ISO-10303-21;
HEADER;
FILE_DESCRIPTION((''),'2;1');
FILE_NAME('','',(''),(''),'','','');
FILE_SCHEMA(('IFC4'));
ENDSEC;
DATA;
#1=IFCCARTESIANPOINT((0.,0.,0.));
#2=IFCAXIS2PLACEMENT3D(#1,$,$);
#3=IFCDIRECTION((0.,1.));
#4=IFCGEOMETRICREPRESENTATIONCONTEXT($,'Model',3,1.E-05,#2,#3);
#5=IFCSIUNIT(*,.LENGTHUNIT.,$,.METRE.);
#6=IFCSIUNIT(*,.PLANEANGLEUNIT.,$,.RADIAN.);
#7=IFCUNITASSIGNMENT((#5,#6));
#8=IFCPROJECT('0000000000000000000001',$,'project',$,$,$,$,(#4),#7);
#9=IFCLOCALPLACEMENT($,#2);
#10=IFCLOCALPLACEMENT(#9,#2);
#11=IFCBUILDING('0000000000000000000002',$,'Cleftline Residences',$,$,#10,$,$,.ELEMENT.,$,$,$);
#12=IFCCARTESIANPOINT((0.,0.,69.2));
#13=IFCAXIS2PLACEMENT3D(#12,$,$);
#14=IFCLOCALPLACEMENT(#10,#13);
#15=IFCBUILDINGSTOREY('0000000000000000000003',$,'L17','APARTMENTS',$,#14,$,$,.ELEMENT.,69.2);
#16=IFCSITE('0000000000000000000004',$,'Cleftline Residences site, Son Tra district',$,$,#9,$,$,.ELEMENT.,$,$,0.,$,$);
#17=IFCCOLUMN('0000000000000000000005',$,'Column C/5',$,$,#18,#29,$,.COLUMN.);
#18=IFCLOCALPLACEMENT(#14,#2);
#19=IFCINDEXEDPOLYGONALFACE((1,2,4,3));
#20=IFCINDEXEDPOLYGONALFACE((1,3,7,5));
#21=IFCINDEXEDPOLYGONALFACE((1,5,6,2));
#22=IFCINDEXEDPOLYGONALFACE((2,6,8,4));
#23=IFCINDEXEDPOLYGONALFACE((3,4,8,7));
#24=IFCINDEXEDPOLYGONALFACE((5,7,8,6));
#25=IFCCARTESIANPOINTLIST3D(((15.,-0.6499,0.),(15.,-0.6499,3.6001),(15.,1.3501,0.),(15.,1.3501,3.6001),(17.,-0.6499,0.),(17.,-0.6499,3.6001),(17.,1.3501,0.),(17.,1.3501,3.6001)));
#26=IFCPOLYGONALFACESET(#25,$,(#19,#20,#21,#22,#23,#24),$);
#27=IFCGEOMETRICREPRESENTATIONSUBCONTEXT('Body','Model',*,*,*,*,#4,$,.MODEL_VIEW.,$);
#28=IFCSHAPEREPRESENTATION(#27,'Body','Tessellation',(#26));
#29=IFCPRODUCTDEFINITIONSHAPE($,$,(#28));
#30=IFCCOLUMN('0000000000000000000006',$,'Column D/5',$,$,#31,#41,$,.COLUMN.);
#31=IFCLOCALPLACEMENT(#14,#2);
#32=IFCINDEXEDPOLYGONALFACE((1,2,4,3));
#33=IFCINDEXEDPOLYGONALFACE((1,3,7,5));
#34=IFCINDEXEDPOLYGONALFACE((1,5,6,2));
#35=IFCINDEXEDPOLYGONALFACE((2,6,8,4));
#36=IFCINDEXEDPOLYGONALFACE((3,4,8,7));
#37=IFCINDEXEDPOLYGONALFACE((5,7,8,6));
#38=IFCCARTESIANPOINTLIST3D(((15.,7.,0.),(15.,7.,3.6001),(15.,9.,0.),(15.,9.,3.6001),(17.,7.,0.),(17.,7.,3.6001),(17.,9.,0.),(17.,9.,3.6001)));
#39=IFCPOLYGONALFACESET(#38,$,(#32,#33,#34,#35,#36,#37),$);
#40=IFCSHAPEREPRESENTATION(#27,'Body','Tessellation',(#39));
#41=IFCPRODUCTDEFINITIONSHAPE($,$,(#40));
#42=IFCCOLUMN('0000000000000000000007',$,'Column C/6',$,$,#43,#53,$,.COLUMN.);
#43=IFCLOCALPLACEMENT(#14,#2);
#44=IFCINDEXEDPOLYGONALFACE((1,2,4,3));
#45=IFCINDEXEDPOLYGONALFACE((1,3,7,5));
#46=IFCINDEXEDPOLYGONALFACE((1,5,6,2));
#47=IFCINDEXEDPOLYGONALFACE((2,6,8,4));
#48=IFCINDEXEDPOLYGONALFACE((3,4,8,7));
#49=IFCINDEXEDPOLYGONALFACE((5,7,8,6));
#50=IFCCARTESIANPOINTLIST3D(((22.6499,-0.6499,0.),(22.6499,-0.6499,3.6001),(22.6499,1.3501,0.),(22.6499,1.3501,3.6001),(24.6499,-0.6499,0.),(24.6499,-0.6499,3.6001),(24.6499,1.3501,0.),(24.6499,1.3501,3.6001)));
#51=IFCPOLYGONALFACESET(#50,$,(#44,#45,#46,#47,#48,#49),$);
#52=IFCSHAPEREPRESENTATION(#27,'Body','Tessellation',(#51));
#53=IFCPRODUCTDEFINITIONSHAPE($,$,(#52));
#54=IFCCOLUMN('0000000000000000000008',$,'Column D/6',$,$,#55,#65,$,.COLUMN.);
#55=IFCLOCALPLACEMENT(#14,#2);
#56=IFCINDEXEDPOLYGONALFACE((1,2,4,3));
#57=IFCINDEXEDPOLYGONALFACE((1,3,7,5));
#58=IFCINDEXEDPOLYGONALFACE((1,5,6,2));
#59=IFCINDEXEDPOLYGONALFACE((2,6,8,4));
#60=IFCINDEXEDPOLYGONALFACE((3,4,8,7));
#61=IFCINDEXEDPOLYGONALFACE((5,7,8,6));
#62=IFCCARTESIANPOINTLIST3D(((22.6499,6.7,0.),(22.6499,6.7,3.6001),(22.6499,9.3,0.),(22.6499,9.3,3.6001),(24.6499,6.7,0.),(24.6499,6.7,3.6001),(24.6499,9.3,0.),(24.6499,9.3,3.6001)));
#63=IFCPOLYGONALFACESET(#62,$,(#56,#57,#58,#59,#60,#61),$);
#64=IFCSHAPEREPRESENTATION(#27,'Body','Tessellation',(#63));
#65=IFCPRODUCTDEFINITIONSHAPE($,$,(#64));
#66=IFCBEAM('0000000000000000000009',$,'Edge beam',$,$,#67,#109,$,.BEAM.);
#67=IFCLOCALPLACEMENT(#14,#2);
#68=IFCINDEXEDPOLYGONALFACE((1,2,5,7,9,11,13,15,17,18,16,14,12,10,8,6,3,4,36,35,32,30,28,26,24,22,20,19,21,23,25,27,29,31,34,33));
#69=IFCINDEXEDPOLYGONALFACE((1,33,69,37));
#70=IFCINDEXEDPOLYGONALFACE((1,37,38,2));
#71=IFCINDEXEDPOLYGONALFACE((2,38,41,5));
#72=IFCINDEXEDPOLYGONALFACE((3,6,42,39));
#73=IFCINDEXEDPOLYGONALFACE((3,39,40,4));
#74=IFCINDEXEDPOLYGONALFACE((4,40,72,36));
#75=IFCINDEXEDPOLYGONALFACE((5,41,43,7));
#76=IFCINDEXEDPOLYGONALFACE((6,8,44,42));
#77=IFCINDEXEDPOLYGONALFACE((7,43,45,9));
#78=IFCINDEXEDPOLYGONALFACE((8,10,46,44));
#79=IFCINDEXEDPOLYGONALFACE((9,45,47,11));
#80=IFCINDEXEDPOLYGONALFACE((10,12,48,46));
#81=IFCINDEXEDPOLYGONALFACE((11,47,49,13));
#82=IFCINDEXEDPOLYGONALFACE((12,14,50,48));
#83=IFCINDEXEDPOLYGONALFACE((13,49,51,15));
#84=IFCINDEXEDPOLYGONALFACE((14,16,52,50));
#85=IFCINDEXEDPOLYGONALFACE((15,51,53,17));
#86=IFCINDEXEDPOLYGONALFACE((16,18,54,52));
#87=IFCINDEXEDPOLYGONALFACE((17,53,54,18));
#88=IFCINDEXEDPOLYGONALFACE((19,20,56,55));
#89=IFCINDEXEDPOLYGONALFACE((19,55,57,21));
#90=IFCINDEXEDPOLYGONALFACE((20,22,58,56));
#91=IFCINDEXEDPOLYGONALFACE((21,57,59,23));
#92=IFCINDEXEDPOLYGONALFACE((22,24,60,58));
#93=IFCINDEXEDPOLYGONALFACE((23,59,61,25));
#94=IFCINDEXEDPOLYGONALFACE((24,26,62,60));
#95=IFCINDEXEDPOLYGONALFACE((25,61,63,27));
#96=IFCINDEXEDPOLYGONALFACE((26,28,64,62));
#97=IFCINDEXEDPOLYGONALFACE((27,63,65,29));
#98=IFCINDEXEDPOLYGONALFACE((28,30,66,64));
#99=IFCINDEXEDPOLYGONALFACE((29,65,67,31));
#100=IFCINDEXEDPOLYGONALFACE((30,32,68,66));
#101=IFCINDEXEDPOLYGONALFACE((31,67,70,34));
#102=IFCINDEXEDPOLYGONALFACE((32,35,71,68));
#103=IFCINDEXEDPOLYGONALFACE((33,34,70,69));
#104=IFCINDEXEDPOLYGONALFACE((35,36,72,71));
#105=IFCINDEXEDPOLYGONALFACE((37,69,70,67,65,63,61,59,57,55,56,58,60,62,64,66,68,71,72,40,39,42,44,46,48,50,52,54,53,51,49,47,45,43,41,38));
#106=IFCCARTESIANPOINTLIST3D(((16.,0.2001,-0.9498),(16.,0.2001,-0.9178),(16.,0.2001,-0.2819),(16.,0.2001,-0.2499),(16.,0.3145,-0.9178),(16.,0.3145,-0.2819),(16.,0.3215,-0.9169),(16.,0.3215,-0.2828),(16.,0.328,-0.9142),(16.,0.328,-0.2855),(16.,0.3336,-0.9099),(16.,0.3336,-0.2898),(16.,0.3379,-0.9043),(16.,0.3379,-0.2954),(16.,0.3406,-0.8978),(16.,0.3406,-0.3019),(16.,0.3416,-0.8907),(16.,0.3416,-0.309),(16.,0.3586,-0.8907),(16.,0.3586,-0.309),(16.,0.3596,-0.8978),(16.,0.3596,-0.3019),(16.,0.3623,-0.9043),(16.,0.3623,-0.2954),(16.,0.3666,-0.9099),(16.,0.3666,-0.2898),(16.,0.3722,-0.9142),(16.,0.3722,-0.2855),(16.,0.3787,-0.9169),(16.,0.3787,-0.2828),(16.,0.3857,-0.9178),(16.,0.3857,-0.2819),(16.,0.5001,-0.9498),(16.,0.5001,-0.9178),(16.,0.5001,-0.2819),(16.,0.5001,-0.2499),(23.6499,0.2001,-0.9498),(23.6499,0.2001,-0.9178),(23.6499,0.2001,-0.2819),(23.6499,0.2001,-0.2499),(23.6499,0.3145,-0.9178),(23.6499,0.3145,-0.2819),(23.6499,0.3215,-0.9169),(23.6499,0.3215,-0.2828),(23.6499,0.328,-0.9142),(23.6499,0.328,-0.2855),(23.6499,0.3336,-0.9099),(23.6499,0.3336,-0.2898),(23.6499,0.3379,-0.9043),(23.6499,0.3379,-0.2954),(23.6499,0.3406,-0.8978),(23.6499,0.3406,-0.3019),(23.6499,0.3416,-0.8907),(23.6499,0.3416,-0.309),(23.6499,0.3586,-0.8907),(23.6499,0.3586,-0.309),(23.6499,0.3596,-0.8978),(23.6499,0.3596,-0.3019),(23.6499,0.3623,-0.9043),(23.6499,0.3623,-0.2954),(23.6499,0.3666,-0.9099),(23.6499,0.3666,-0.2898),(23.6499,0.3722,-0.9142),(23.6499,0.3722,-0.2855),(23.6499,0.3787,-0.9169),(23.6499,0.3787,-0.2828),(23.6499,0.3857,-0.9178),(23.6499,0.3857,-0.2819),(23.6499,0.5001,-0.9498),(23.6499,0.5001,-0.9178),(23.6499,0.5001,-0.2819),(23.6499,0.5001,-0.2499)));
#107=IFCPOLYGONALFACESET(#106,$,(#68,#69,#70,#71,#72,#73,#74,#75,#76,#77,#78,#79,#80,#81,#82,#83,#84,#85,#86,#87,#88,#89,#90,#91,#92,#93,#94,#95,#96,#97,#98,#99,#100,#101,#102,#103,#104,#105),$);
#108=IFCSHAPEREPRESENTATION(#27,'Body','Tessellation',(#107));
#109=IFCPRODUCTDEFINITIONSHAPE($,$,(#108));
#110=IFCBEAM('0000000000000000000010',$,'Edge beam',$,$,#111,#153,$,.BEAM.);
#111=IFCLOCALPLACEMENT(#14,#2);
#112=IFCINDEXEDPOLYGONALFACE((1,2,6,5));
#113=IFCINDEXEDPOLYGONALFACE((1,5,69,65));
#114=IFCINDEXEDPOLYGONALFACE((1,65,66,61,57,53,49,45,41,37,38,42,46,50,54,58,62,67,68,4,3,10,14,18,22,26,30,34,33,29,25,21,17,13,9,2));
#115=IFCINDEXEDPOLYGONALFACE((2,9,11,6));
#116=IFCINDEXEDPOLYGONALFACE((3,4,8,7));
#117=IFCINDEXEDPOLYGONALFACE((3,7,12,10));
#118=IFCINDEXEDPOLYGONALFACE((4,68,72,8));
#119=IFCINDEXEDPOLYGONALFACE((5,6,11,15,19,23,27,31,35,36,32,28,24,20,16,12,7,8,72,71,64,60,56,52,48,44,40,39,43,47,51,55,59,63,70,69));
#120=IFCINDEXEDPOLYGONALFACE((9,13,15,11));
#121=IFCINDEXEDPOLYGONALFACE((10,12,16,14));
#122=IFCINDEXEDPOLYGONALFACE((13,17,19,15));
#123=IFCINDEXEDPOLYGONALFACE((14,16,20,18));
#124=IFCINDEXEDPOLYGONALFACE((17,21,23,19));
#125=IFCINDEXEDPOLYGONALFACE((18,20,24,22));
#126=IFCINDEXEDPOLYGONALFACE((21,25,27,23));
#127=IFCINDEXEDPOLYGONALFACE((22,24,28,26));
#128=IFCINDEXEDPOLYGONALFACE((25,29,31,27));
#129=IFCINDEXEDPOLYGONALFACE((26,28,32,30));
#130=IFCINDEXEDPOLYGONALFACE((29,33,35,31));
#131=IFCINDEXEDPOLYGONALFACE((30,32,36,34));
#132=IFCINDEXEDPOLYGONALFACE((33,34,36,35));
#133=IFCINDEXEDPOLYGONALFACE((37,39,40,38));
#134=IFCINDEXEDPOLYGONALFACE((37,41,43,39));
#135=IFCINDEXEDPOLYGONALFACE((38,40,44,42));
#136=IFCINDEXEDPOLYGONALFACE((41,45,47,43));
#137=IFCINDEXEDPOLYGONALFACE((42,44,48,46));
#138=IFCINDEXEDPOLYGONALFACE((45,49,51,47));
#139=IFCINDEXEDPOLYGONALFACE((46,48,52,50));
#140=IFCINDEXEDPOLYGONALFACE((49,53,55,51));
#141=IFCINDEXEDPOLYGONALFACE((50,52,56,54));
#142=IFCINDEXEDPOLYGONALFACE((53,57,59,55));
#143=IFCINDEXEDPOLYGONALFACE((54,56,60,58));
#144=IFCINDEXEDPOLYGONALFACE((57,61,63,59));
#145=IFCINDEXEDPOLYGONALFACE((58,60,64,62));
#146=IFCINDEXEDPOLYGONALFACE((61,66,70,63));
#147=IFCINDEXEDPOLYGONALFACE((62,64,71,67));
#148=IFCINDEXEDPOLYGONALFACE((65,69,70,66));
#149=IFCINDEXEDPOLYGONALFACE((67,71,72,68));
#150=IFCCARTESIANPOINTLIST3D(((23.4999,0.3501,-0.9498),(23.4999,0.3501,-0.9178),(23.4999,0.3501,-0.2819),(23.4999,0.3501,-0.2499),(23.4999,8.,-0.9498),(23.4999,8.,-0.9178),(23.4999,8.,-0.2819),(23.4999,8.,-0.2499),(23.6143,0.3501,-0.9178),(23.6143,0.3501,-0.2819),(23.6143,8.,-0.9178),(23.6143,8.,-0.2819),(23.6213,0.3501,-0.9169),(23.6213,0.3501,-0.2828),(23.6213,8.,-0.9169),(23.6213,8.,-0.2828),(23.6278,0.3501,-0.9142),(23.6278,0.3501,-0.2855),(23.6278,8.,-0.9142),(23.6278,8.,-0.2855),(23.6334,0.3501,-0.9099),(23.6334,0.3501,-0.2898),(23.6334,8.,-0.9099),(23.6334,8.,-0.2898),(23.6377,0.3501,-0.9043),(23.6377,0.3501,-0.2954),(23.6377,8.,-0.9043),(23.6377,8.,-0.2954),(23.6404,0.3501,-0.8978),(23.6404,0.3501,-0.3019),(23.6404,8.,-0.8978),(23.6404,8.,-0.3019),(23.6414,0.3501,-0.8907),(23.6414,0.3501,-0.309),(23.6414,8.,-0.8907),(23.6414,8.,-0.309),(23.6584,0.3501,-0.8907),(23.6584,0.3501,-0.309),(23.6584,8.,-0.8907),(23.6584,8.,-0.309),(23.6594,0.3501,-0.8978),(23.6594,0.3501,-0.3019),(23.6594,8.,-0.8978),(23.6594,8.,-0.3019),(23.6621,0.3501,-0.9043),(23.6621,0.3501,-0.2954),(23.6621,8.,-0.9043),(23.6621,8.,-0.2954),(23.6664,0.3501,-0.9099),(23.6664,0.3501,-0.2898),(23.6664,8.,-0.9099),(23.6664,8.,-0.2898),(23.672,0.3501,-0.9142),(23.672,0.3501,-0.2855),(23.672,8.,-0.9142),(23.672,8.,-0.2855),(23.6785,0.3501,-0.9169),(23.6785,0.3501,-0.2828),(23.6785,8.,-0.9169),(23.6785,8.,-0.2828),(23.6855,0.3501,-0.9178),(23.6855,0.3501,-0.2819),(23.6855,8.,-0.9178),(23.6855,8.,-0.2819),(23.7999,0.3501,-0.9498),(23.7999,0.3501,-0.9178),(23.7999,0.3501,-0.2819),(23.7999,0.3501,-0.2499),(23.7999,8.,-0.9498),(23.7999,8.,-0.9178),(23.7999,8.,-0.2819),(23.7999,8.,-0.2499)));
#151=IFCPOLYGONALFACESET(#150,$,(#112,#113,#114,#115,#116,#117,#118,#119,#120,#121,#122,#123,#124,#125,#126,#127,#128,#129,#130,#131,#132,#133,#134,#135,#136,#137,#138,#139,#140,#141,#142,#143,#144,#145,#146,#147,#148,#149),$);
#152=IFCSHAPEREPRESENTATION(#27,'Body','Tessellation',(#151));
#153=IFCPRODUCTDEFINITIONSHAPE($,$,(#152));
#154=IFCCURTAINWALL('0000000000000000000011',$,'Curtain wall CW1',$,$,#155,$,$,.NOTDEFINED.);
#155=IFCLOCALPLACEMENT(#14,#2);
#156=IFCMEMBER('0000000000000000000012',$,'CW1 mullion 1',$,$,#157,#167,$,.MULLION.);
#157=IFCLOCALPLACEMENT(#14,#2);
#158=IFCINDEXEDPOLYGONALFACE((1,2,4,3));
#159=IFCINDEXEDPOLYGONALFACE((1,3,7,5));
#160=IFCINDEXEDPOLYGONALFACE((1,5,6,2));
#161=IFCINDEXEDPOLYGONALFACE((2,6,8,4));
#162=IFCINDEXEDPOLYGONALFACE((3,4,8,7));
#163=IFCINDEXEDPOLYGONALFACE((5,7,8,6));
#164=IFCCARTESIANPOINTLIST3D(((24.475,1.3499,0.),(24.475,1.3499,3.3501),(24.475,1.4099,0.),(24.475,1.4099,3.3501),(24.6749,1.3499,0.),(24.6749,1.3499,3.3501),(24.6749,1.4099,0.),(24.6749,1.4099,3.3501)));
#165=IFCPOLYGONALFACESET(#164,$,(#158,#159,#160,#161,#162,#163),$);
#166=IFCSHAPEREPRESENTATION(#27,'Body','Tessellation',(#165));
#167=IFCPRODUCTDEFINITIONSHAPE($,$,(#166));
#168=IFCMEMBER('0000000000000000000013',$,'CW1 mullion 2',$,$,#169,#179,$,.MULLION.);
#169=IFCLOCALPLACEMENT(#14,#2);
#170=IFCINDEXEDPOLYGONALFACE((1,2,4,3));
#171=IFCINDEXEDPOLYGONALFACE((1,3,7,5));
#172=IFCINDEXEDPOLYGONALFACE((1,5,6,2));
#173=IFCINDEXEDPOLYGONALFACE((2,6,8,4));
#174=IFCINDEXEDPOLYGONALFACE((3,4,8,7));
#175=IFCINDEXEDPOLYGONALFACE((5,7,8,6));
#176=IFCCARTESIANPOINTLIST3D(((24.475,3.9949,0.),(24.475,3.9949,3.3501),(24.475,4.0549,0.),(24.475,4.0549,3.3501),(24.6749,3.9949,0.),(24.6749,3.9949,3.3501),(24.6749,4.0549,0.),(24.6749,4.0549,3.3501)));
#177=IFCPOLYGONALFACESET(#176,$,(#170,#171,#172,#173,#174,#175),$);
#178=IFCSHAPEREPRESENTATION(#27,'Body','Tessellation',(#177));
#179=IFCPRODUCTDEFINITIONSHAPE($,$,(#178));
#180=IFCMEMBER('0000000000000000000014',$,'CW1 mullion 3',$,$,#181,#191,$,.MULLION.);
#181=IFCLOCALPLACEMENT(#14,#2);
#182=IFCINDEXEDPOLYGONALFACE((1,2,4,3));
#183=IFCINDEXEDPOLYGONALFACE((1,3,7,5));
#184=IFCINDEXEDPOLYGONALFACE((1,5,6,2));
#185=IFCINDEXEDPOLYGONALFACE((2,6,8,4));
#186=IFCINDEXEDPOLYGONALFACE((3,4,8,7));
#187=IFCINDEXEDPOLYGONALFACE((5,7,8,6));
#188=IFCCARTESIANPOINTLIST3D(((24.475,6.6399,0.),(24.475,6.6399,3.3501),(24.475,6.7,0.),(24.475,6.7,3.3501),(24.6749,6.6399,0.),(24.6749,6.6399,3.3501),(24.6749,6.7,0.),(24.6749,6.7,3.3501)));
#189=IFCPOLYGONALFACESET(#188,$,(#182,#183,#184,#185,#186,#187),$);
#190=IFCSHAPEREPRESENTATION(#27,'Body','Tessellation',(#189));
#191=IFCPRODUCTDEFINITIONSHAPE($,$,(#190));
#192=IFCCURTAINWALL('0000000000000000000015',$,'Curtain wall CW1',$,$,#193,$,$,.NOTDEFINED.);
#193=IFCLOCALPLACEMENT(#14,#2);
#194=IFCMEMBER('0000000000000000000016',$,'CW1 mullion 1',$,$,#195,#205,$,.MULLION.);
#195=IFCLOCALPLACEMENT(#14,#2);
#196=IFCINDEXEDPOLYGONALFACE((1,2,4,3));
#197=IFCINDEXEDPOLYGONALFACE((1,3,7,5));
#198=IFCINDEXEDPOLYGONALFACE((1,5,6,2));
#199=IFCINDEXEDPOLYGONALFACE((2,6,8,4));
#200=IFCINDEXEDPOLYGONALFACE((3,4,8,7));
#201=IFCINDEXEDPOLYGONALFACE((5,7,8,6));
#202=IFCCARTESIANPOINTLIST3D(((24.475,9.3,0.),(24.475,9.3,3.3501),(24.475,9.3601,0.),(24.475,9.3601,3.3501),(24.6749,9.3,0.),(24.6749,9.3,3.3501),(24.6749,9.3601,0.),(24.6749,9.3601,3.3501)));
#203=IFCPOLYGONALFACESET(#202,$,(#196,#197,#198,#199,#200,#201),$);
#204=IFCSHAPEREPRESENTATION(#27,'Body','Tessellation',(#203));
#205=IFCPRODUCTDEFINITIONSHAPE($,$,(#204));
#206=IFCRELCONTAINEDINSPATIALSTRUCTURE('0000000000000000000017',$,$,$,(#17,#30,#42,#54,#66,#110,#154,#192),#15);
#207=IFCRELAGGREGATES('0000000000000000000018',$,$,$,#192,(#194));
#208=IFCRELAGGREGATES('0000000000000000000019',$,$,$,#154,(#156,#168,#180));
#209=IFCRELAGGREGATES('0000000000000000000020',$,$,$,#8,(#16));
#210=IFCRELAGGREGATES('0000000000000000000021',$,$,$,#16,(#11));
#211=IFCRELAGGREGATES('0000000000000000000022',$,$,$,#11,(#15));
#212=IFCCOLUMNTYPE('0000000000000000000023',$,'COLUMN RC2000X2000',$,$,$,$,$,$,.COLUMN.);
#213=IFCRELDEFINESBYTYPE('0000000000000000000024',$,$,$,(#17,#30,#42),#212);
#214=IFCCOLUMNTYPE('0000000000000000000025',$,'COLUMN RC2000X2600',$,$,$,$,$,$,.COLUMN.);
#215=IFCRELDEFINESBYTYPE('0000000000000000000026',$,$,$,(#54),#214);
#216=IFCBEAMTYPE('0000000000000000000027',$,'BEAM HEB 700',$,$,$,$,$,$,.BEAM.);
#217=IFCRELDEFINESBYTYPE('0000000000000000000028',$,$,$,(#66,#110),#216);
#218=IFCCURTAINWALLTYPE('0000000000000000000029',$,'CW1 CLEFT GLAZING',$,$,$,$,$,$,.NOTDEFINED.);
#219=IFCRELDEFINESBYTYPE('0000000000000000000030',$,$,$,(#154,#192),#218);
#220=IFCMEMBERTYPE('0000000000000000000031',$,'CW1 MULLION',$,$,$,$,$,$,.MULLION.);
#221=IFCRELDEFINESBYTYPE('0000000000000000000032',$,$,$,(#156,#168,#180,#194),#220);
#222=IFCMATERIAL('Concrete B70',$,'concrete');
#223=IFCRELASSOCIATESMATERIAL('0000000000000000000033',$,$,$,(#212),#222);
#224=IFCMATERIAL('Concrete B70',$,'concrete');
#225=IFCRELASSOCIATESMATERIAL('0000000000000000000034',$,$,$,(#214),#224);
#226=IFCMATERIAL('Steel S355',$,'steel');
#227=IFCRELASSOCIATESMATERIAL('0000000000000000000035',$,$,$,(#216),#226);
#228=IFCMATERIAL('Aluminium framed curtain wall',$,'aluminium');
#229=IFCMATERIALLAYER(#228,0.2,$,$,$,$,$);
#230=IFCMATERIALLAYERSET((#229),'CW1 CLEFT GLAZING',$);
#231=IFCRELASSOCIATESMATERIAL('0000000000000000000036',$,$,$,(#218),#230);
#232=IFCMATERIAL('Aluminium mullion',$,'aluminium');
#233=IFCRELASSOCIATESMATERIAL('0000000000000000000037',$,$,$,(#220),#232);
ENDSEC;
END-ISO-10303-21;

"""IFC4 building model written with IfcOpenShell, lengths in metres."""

from ifc_helpers import new_model, si_unit, direction, frame, origin, origin_2d, place, context, subcontext, project, spatial, rectangle, i_section, extrude, material, layer, layer_set, material_profile, profile_set, type_object, element, aggregate, save


model = new_model("IFC4")

# Units and contexts
model_context = context("Model", 3, precision=1e-05, world=origin(), true_north=direction((0.0, 1.0)))
body_context = subcontext(model_context, "Body", "Model", "MODEL_VIEW")
ifc_project = project(units=[si_unit("LENGTHUNIT", "METRE"), si_unit("PLANEANGLEUNIT", "RADIAN")], contexts=[model_context])

# Site, building, storey
site_placement = place(None, origin())
site = spatial("IfcSite", under=ifc_project, at=site_placement, Name="Cleftline Residences site, Son Tra district", CompositionType="ELEMENT", RefElevation=0.0)
building_placement = place(site_placement, origin())
building = spatial("IfcBuilding", under=site, at=building_placement, Name="Cleftline Residences", CompositionType="ELEMENT")
storey_placement = place(building_placement, frame((0.0, 0.0, 69.2)))
storey = spatial("IfcBuildingStorey", under=building, at=storey_placement, Name="L17", Description="APARTMENTS", CompositionType="ELEMENT", Elevation=69.2)

# Columns
ifc_material_1 = material(Name="Concrete B70", Category="concrete")
ifc_material_profile_1 = material_profile(ifc_material_1, rectangle(XDim=2.0, YDim=2.0, at=origin_2d()))
ifc_profile_set_1 = profile_set([ifc_material_profile_1], Name="Concrete B70")
column_type_1 = type_object("IfcColumnType", Name="COLUMN RC2000X2000", PredefinedType="COLUMN", material=ifc_profile_set_1)
for number, where, z_axis, x_axis, name in (
    (1, (16.0, 0.3501, 0.0), (0.0, 0.0, 1.0), (1.0, 0.0, 0.0), "Column C/5"),
    (2, (16.0, 8.0, 0.0), (0.0, 0.0, 1.0), (1.0, 0.0, 0.0), "Column D/5"),
    (3, (23.6499, 0.3501, 0.0), (0.0, 0.0, 1.0), (1.0, 0.0, 0.0), "Column C/6"),
):
    element("IfcColumn", number, at=place(storey_placement, frame(where, z_axis=z_axis, x_axis=x_axis)), inside=storey, type_object=column_type_1, Name=name, PredefinedType="COLUMN", context=body_context, shape_type="SweptSolid", body=[
        extrude(rectangle(XDim=2.0, YDim=2.0, at=origin_2d()), origin(), (0.0, 0.0, 1.0), 3.6001),
    ])
ifc_material_2 = material(Name="Concrete B70", Category="concrete")
ifc_material_profile_2 = material_profile(ifc_material_2, rectangle(XDim=2.0, YDim=2.6001, at=origin_2d()))
ifc_profile_set_2 = profile_set([ifc_material_profile_2], Name="Concrete B70")
column_type_2 = type_object("IfcColumnType", Name="COLUMN RC2000X2600", PredefinedType="COLUMN", material=ifc_profile_set_2)
column_placement = place(storey_placement, frame((23.6499, 8.0, 0.0), z_axis=(0.0, 0.0, 1.0), x_axis=(1.0, 0.0, 0.0)))
element("IfcColumn", 4, at=column_placement, inside=storey, type_object=column_type_2, Name="Column D/6", PredefinedType="COLUMN", context=body_context, shape_type="SweptSolid", body=[
    extrude(rectangle(XDim=2.0, YDim=2.6001, at=origin_2d()), origin(), (0.0, 0.0, 1.0), 3.6001),
])

# Beams
ifc_material_3 = material(Name="Steel S355", Category="steel")
ifc_material_profile_3 = material_profile(ifc_material_3, i_section(OverallWidth=0.3, OverallDepth=0.7, WebThickness=0.0171, FlangeThickness=0.032, FilletRadius=0.0271, at=origin_2d()))
ifc_profile_set_3 = profile_set([ifc_material_profile_3], Name="Steel S355")
beam_type = type_object("IfcBeamType", Name="BEAM HEB 700", PredefinedType="BEAM", material=ifc_profile_set_3)
for number, where, z_axis, x_axis, name in (
    (5, (16.0, 0.3501, -0.5999), (1.0, 0.0, 0.0), (0.0, 1.0, 0.0), "Edge beam"),
    (6, (23.6499, 0.3501, -0.5999), (0.0, 1.0, 0.0), (-1.0, 0.0, 0.0), "Edge beam"),
):
    element("IfcBeam", number, at=place(storey_placement, frame(where, z_axis=z_axis, x_axis=x_axis)), inside=storey, type_object=beam_type, Name=name, PredefinedType="BEAM", context=body_context, shape_type="SweptSolid", body=[
        extrude(i_section(OverallWidth=0.3, OverallDepth=0.7, WebThickness=0.0171, FlangeThickness=0.032, FilletRadius=0.0271, at=origin_2d()), origin(), (0.0, 0.0, 1.0), 7.6499),
    ])

# Curtain wall, members
ifc_material_4 = material(Name="Aluminium framed curtain wall", Category="aluminium")
ifc_layer_1 = layer(ifc_material_4, 0.2)
ifc_layer_set_1 = layer_set([ifc_layer_1], Name="CW1 CLEFT GLAZING")
curtain_wall_type = type_object("IfcCurtainWallType", Name="CW1 CLEFT GLAZING", PredefinedType="NOTDEFINED", material=ifc_layer_set_1)
curtain_wall_1_placement = place(storey_placement, origin())
curtain_wall_1 = element("IfcCurtainWall", 7, at=curtain_wall_1_placement, inside=storey, type_object=curtain_wall_type, Name="Curtain wall CW1", PredefinedType="NOTDEFINED")
ifc_material_5 = material(Name="Aluminium mullion", Category="aluminium")
ifc_material_profile_4 = material_profile(ifc_material_5, rectangle(XDim=0.2, YDim=0.0601, at=origin_2d()))
ifc_profile_set_4 = profile_set([ifc_material_profile_4], Name="Aluminium mullion")
member_type_1 = type_object("IfcMemberType", Name="CW1 MULLION", PredefinedType="MULLION", material=ifc_profile_set_4)
member_1_placement = place(storey_placement, frame((24.575, 1.3799, 0.0), z_axis=(0.0, 0.0, 1.0), x_axis=(-1.0, 0.0, 0.0)))
member_1 = element("IfcMember", 8, at=member_1_placement, type_object=member_type_1, Name="CW1 mullion 1", PredefinedType="MULLION", context=body_context, shape_type="SweptSolid", body=[
    extrude(rectangle(XDim=0.2, YDim=0.0601, at=origin_2d()), origin(), (0.0, 0.0, 1.0), 3.3501),
])
member_2_placement = place(storey_placement, frame((24.575, 4.0249, 0.0), z_axis=(0.0, 0.0, 1.0), x_axis=(-1.0, 0.0, 0.0)))
member_2 = element("IfcMember", 9, at=member_2_placement, type_object=member_type_1, Name="CW1 mullion 2", PredefinedType="MULLION", context=body_context, shape_type="SweptSolid", body=[
    extrude(rectangle(XDim=0.2, YDim=0.0601, at=origin_2d()), origin(), (0.0, 0.0, 1.0), 3.3501),
])
member_3_placement = place(storey_placement, frame((24.575, 6.6699, 0.0), z_axis=(0.0, 0.0, 1.0), x_axis=(-1.0, 0.0, 0.0)))
member_3 = element("IfcMember", 10, at=member_3_placement, type_object=member_type_1, Name="CW1 mullion 3", PredefinedType="MULLION", context=body_context, shape_type="SweptSolid", body=[
    extrude(rectangle(XDim=0.2, YDim=0.0601, at=origin_2d()), origin(), (0.0, 0.0, 1.0), 3.3501),
])

# Curtain wall, member
curtain_wall_2_placement = place(storey_placement, origin())
curtain_wall_2 = element("IfcCurtainWall", 11, at=curtain_wall_2_placement, inside=storey, type_object=curtain_wall_type, Name="Curtain wall CW1", PredefinedType="NOTDEFINED")
member_4_placement = place(storey_placement, frame((24.575, 9.3301, 0.0), z_axis=(0.0, 0.0, 1.0), x_axis=(-1.0, 0.0, 0.0)))
member_4 = element("IfcMember", 12, at=member_4_placement, type_object=member_type_1, Name="CW1 mullion 1", PredefinedType="MULLION", context=body_context, shape_type="SweptSolid", body=[
    extrude(rectangle(XDim=0.2, YDim=0.0601, at=origin_2d()), origin(), (0.0, 0.0, 1.0), 3.3501),
])

aggregate(curtain_wall_2, [member_4])

aggregate(curtain_wall_1, [member_1, member_2, member_3])

save(model, "model.ifc")
